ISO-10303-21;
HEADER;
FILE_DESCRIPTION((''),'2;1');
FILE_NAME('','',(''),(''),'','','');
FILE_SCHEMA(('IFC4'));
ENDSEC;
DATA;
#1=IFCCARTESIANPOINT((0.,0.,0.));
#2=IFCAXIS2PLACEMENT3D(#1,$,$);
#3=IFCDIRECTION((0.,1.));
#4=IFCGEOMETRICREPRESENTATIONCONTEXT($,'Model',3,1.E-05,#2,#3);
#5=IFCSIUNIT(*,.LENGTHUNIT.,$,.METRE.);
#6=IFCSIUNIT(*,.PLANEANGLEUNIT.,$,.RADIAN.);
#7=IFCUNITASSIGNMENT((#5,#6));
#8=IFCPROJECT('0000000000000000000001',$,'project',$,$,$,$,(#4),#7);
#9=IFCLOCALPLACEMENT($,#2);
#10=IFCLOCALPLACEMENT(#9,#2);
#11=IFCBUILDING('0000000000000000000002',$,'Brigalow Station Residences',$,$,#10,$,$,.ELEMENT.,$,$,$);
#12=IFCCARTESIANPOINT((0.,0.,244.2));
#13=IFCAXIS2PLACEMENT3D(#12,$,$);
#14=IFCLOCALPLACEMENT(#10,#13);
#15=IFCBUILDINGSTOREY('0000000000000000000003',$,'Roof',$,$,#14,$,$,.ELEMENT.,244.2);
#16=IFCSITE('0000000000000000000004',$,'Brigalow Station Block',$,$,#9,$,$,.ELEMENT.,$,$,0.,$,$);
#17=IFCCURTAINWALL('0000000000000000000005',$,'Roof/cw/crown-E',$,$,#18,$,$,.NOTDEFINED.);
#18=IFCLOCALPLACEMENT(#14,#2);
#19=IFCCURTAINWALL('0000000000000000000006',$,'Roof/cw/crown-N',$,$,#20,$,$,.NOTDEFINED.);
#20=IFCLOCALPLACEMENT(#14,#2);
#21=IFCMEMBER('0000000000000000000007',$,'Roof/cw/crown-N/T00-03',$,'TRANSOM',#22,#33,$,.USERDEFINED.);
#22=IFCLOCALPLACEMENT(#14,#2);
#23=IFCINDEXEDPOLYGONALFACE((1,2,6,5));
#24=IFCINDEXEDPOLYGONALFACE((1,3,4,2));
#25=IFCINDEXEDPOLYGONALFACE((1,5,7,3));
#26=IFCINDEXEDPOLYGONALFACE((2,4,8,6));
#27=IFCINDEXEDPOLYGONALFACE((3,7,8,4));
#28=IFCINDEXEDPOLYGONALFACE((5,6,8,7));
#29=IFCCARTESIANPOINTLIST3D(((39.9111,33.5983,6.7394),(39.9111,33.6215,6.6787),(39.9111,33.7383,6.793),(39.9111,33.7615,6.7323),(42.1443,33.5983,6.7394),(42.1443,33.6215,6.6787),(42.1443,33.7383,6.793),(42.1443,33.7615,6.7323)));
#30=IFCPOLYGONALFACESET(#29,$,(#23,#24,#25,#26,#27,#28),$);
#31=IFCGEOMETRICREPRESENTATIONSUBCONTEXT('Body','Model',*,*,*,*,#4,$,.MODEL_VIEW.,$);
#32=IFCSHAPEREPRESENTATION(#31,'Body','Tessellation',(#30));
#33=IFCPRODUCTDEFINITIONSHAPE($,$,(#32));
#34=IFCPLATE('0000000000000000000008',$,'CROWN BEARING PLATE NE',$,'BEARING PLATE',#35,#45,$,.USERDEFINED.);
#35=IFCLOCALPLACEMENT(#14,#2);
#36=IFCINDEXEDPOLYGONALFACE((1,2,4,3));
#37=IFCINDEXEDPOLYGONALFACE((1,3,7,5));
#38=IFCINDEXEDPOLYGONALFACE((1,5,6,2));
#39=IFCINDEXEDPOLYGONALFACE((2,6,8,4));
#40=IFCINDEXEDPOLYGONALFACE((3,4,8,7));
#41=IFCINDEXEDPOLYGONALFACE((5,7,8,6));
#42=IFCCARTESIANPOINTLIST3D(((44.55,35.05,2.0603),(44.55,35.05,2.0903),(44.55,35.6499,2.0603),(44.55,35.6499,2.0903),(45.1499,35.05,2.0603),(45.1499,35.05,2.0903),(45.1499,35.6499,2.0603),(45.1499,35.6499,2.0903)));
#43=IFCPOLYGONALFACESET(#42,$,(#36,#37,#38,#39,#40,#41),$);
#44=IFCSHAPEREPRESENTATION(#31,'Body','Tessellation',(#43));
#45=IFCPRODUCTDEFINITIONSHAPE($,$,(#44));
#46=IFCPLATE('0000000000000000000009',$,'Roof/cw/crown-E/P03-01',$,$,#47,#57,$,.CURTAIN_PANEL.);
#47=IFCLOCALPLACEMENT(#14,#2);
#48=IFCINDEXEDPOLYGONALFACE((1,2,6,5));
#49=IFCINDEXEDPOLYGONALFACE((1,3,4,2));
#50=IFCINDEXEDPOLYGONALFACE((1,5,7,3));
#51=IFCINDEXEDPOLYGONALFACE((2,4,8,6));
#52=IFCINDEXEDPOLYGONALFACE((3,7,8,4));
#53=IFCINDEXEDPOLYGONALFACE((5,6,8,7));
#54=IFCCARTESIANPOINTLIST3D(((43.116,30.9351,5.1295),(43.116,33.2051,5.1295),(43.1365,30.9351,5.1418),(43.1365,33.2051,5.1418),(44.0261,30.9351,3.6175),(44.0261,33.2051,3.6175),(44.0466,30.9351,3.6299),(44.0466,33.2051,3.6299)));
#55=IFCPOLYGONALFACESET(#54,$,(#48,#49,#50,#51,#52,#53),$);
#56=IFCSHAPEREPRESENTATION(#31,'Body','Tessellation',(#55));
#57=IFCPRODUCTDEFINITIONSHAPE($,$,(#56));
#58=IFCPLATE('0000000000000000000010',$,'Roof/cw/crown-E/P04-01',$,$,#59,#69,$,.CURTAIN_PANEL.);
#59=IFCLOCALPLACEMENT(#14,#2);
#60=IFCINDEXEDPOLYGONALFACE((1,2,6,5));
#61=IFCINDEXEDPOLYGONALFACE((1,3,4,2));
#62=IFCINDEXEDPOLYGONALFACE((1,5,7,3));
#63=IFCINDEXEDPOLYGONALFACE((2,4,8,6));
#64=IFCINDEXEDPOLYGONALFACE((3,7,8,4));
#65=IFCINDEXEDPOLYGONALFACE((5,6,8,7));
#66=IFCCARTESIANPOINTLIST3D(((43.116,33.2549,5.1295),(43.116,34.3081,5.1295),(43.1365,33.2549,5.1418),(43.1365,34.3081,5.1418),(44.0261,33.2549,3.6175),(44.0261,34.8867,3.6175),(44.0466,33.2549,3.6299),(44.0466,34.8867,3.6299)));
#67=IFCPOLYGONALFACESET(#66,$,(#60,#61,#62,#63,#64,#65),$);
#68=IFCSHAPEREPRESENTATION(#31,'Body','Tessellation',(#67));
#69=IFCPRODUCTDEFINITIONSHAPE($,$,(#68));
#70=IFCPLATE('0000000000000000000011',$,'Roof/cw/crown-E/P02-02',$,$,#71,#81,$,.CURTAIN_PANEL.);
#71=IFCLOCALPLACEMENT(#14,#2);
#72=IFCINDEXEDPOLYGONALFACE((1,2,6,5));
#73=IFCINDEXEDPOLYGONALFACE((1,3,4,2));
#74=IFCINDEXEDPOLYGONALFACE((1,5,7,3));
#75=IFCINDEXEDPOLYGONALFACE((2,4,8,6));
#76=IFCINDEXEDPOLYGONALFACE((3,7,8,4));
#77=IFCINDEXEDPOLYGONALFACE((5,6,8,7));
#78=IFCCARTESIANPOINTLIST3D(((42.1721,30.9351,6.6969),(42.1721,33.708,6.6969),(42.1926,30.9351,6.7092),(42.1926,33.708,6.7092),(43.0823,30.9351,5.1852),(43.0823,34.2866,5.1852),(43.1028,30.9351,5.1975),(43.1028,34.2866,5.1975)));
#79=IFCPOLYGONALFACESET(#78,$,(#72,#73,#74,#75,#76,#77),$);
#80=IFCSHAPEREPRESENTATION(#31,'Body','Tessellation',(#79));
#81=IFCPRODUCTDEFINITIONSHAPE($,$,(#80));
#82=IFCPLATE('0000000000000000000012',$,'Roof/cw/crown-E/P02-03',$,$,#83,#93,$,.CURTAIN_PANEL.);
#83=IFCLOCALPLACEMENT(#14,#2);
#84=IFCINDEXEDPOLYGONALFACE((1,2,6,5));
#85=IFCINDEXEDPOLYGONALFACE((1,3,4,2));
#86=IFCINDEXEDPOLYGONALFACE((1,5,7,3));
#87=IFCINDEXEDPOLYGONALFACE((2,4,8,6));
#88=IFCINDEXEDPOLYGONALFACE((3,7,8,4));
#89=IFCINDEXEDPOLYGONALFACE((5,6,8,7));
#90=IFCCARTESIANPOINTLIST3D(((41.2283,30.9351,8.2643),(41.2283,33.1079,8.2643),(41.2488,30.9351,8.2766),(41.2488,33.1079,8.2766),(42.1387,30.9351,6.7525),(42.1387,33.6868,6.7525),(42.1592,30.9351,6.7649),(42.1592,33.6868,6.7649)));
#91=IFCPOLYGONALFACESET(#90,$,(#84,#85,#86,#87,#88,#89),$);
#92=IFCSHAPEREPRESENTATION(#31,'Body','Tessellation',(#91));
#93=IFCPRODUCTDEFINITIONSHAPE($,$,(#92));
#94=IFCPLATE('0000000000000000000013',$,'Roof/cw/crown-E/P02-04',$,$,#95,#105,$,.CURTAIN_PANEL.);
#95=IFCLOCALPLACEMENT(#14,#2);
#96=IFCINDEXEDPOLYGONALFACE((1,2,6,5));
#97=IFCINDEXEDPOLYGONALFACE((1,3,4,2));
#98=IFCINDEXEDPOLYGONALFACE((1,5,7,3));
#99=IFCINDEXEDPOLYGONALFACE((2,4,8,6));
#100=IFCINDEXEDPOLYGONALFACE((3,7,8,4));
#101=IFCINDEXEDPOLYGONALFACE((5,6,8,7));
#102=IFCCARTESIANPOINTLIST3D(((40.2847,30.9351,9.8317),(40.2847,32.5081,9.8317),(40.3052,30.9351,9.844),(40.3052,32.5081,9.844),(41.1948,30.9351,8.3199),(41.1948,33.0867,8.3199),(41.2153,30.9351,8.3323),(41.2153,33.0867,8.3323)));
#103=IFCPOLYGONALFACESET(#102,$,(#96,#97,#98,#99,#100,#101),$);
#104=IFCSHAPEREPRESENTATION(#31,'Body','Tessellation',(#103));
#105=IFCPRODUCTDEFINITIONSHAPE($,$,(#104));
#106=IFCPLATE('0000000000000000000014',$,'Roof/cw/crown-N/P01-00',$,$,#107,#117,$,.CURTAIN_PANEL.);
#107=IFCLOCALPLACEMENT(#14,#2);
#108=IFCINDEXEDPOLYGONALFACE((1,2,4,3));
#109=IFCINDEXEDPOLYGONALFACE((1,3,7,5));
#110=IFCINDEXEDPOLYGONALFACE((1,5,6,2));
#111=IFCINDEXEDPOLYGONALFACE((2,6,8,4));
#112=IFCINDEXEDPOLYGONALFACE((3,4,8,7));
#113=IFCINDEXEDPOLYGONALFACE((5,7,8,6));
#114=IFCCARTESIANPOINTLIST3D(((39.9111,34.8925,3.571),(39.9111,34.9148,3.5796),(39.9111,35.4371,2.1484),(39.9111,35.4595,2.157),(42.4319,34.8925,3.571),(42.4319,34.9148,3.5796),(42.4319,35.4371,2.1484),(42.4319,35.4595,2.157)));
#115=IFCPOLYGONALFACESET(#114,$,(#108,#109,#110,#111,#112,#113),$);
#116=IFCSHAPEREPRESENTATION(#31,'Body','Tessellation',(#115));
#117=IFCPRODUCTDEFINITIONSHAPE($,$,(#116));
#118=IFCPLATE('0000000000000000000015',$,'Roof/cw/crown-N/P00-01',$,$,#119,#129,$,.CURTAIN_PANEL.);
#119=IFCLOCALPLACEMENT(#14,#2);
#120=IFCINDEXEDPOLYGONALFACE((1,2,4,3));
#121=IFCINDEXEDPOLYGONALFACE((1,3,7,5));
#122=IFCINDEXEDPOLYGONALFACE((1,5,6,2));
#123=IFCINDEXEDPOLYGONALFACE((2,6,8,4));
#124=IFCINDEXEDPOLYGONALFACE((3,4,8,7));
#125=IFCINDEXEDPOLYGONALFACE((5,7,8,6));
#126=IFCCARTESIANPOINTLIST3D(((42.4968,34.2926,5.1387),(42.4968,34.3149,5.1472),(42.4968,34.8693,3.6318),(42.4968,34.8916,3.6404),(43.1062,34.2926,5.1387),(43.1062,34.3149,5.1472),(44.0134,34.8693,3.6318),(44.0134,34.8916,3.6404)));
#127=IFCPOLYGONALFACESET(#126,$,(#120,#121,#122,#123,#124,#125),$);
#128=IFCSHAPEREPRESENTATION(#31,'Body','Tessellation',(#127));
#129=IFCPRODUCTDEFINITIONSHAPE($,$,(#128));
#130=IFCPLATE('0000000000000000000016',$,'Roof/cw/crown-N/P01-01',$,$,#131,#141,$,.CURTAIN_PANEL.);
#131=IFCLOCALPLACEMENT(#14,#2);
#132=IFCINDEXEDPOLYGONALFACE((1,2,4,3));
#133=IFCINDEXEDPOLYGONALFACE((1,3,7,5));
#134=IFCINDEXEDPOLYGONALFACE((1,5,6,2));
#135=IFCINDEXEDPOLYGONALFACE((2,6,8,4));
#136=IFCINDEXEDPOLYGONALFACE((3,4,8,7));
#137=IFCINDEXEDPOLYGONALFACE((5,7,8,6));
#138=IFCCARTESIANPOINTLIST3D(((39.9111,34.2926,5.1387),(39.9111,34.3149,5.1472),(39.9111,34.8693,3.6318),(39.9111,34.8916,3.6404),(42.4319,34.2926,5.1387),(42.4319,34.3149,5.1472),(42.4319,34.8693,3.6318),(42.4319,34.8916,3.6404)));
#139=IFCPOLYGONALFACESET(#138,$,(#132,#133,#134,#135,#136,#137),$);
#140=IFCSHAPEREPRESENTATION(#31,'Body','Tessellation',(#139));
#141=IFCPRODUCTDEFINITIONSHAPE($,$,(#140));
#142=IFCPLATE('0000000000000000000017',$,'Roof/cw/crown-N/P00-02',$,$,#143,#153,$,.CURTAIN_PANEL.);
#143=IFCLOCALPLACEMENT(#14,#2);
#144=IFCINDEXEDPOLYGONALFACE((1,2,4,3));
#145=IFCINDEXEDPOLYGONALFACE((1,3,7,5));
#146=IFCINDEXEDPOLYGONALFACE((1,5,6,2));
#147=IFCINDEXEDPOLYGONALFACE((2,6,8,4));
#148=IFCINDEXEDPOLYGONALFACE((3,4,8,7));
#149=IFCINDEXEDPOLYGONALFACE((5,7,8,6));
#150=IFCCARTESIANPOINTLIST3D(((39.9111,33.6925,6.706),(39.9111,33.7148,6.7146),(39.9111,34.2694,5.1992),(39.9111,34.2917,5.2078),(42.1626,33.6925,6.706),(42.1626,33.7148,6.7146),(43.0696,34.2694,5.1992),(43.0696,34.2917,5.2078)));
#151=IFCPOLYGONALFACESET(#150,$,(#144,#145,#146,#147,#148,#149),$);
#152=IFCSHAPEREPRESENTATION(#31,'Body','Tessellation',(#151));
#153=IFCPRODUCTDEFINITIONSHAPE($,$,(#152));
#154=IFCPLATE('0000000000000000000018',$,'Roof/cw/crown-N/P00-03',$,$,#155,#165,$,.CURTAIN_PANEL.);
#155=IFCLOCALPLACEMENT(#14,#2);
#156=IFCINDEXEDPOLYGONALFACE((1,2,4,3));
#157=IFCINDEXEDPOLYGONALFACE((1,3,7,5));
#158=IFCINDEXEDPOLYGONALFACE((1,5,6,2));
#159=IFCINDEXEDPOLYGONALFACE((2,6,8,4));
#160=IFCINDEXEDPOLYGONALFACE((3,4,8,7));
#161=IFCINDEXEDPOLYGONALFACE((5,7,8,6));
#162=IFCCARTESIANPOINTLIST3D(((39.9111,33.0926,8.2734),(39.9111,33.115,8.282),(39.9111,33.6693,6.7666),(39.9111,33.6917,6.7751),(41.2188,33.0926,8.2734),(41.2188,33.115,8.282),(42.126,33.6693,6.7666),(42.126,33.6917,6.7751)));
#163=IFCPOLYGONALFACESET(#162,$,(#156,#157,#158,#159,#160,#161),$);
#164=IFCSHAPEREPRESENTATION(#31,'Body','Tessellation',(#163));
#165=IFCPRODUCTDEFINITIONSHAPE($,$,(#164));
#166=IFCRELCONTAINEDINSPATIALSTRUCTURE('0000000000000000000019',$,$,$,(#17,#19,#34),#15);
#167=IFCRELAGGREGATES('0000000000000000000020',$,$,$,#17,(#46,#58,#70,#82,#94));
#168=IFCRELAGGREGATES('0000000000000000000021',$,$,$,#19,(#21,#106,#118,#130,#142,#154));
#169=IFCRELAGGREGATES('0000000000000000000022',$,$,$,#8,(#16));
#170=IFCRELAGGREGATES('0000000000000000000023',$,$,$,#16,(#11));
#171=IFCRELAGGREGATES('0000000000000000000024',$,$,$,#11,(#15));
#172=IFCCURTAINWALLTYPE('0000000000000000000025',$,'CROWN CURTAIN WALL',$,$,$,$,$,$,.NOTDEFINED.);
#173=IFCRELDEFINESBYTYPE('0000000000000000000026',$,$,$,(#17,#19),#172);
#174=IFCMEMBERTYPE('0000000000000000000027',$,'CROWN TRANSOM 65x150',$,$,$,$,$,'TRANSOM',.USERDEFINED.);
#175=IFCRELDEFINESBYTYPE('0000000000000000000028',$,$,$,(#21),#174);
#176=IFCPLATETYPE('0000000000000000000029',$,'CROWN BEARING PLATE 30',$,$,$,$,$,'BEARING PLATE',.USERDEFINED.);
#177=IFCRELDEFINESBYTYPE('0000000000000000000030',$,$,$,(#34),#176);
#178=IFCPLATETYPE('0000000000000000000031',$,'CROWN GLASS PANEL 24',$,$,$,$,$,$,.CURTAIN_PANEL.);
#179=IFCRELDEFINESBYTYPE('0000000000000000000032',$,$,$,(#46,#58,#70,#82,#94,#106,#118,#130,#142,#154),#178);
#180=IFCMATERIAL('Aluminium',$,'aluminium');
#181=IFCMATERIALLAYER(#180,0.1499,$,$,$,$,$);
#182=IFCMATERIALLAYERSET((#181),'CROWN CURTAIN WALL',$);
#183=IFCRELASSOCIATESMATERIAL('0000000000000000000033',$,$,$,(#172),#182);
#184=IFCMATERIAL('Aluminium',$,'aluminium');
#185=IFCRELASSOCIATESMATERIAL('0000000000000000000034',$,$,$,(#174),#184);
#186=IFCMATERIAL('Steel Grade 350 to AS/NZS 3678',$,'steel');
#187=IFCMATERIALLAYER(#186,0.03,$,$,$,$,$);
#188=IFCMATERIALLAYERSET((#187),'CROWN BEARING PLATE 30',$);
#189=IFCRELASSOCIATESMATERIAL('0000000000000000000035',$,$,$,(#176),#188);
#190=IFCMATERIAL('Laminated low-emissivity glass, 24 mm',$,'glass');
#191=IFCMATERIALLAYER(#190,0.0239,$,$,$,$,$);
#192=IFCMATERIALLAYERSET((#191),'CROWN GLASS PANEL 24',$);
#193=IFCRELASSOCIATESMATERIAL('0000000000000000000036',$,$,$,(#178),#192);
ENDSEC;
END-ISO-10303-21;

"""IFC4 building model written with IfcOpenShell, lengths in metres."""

from ifc_helpers import new_model, si_unit, direction, frame, origin, origin_2d, place, context, subcontext, project, spatial, polyline, rectangle, outline, extrude, material, layer, layer_set, material_profile, profile_set, type_object, element, aggregate, save


model = new_model("IFC4")

# Units and contexts
model_context = context("Model", 3, precision=1e-05, world=origin(), true_north=direction((0.0, 1.0)))
body_context = subcontext(model_context, "Body", "Model", "MODEL_VIEW")
ifc_project = project(units=[si_unit("LENGTHUNIT", "METRE"), si_unit("PLANEANGLEUNIT", "RADIAN")], contexts=[model_context])

# Site, building, storey
site_placement = place(None, origin())
site = spatial("IfcSite", under=ifc_project, at=site_placement, Name="Brigalow Station Block", CompositionType="ELEMENT", RefElevation=0.0)
building_placement = place(site_placement, origin())
building = spatial("IfcBuilding", under=site, at=building_placement, Name="Brigalow Station Residences", CompositionType="ELEMENT")
storey_placement = place(building_placement, frame((0.0, 0.0, 244.2)))
storey = spatial("IfcBuildingStorey", under=building, at=storey_placement, Name="Roof", CompositionType="ELEMENT", Elevation=244.2)

# Curtain walls
ifc_material_1 = material(Name="Aluminium", Category="aluminium")
ifc_layer_1 = layer(ifc_material_1, 0.1499)
ifc_layer_set_1 = layer_set([ifc_layer_1], Name="CROWN CURTAIN WALL")
curtain_wall_type = type_object("IfcCurtainWallType", Name="CROWN CURTAIN WALL", PredefinedType="NOTDEFINED", material=ifc_layer_set_1)
curtain_wall_1_placement = place(storey_placement, origin())
curtain_wall_1 = element("IfcCurtainWall", 1, at=curtain_wall_1_placement, inside=storey, type_object=curtain_wall_type, Name="Roof/cw/crown-E", PredefinedType="NOTDEFINED")
curtain_wall_2_placement = place(storey_placement, origin())
curtain_wall_2 = element("IfcCurtainWall", 2, at=curtain_wall_2_placement, inside=storey, type_object=curtain_wall_type, Name="Roof/cw/crown-N", PredefinedType="NOTDEFINED")

# Member
ifc_material_2 = material(Name="Aluminium", Category="aluminium")
ifc_material_profile_1 = material_profile(ifc_material_2, rectangle(XDim=0.0649, YDim=0.1499, at=origin_2d()), Name="CROWN TRANSOM 65x150")
ifc_profile_set_1 = profile_set([ifc_material_profile_1], Name="Aluminium")
member_type_1 = type_object("IfcMemberType", Name="CROWN TRANSOM 65x150", ElementType="TRANSOM", PredefinedType="USERDEFINED", material=ifc_profile_set_1)
member_1_placement = place(storey_placement, frame((42.1443, 33.6799, 6.7358), z_axis=(-1.0, 0.0, 0.0), x_axis=(0.0, -0.357491, 0.933917)))
member_1 = element("IfcMember", 3, at=member_1_placement, type_object=member_type_1, Name="Roof/cw/crown-N/T00-03", ObjectType="TRANSOM", PredefinedType="USERDEFINED", context=body_context, shape_type="SweptSolid", body=[
    extrude(rectangle(XDim=0.0649, YDim=0.1499, at=origin_2d()), origin(), (0.0, 0.0, 1.0), 2.2332),
])

# Plates
ifc_material_3 = material(Name="Steel Grade 350 to AS/NZS 3678", Category="steel")
ifc_layer_2 = layer(ifc_material_3, 0.03)
ifc_layer_set_2 = layer_set([ifc_layer_2], Name="CROWN BEARING PLATE 30")
plate_type_1 = type_object("IfcPlateType", Name="CROWN BEARING PLATE 30", ElementType="BEARING PLATE", PredefinedType="USERDEFINED", material=ifc_layer_set_2)
plate_1_placement = place(storey_placement, frame((44.55, 35.05, 2.0903), z_axis=(0.0, 0.0, 1.0), x_axis=(1.0, 0.0, 0.0)))
element("IfcPlate", 4, at=plate_1_placement, inside=storey, type_object=plate_type_1, Name="CROWN BEARING PLATE NE", ObjectType="BEARING PLATE", PredefinedType="USERDEFINED", context=body_context, shape_type="SweptSolid", body=[
    extrude(outline(polyline([(0.0, 0.0), (0.5999, 0.0), (0.5999, 0.5999), (0.0, 0.5999), (0.0, 0.0)])), origin(), (0.0, 0.0, -1.0), 0.03),
])
ifc_material_4 = material(Name="Laminated low-emissivity glass, 24 mm", Category="glass")
ifc_layer_3 = layer(ifc_material_4, 0.0239)
ifc_layer_set_3 = layer_set([ifc_layer_3], Name="CROWN GLASS PANEL 24")
plate_type_2 = type_object("IfcPlateType", Name="CROWN GLASS PANEL 24", PredefinedType="CURTAIN_PANEL", material=ifc_layer_set_3)
plate_2_placement = place(storey_placement, frame((44.0466, 30.9351, 3.6299), z_axis=(0.856747, 0.0, 0.515736), x_axis=(0.0, 1.0, 0.0)))
plate_2 = element("IfcPlate", 5, at=plate_2_placement, type_object=plate_type_2, Name="Roof/cw/crown-E/P03-01", PredefinedType="CURTAIN_PANEL", context=body_context, shape_type="SweptSolid", body=[
    extrude(outline(polyline([(0.0, 0.0), (2.27, 0.0), (2.27, 1.7648), (0.0, 1.7648), (0.0, 0.0)])), origin(), (0.0, 0.0, -1.0), 0.0239),
])
plate_3_placement = place(storey_placement, frame((44.0466, 33.2549, 3.6299), z_axis=(0.856747, 0.0, 0.515736), x_axis=(0.0, 1.0, 0.0)))
plate_3 = element("IfcPlate", 6, at=plate_3_placement, type_object=plate_type_2, Name="Roof/cw/crown-E/P04-01", PredefinedType="CURTAIN_PANEL", context=body_context, shape_type="SweptSolid", body=[
    extrude(outline(polyline([(0.0, 0.0), (1.6318, 0.0), (1.0532, 1.7648), (0.0, 1.7648), (0.0, 0.0)])), origin(), (0.0, 0.0, -1.0), 0.0239),
])
plate_4_placement = place(storey_placement, frame((43.1028, 30.9351, 5.1975), z_axis=(0.856711, 0.0, 0.515797), x_axis=(0.0, 1.0, 0.0)))
plate_4 = element("IfcPlate", 7, at=plate_4_placement, type_object=plate_type_2, Name="Roof/cw/crown-E/P02-02", PredefinedType="CURTAIN_PANEL", context=body_context, shape_type="SweptSolid", body=[
    extrude(outline(polyline([(0.0, 0.0), (3.3516, 0.0), (2.7729, 1.7646), (0.0, 1.7646), (0.0, 0.0)])), origin(), (0.0, 0.0, -1.0), 0.0239),
])
plate_5_placement = place(storey_placement, frame((42.1592, 30.9351, 6.7649), z_axis=(0.856649, 0.0, 0.515899), x_axis=(0.0, 1.0, 0.0)))
plate_5 = element("IfcPlate", 8, at=plate_5_placement, type_object=plate_type_2, Name="Roof/cw/crown-E/P02-03", PredefinedType="CURTAIN_PANEL", context=body_context, shape_type="SweptSolid", body=[
    extrude(outline(polyline([(0.0, 0.0), (2.7517, 0.0), (2.1729, 1.7647), (0.0, 1.7647), (0.0, 0.0)])), origin(), (0.0, 0.0, -1.0), 0.0239),
])
plate_6_placement = place(storey_placement, frame((41.2153, 30.9351, 8.3323), z_axis=(0.856711, 0.0, 0.515797), x_axis=(0.0, 1.0, 0.0)))
plate_6 = element("IfcPlate", 9, at=plate_6_placement, type_object=plate_type_2, Name="Roof/cw/crown-E/P02-04", PredefinedType="CURTAIN_PANEL", context=body_context, shape_type="SweptSolid", body=[
    extrude(outline(polyline([(0.0, 0.0), (2.1516, 0.0), (1.573, 1.7646), (0.0, 1.7646), (0.0, 0.0)])), origin(), (0.0, 0.0, -1.0), 0.0239),
])
aggregate(curtain_wall_1, [plate_2, plate_3, plate_4, plate_5, plate_6])
plate_7_placement = place(storey_placement, frame((42.4319, 35.4595, 2.157), z_axis=(0.0, 0.93389, 0.357561), x_axis=(-1.0, 0.0, 0.0)))
plate_7 = element("IfcPlate", 10, at=plate_7_placement, type_object=plate_type_2, Name="Roof/cw/crown-N/P01-00", PredefinedType="CURTAIN_PANEL", context=body_context, shape_type="SweptSolid", body=[
    extrude(outline(polyline([(0.0, 0.0), (2.5208, 0.0), (2.5208, 1.5233), (0.0, 1.5233), (0.0, 0.0)])), origin(), (0.0, 0.0, -1.0), 0.0239),
])
plate_8_placement = place(storey_placement, frame((44.0134, 34.8916, 3.6404), z_axis=(0.0, 0.933945, 0.357417), x_axis=(-1.0, 0.0, 0.0)))
plate_8 = element("IfcPlate", 11, at=plate_8_placement, type_object=plate_type_2, Name="Roof/cw/crown-N/P00-01", PredefinedType="CURTAIN_PANEL", context=body_context, shape_type="SweptSolid", body=[
    extrude(outline(polyline([(0.0, 0.0), (1.5166, 0.0), (1.5166, 1.6134), (0.9072, 1.6134), (0.0, 0.0)])), origin(), (0.0, 0.0, -1.0), 0.0239),
])
plate_9_placement = place(storey_placement, frame((42.4319, 34.8916, 3.6404), z_axis=(0.0, 0.933945, 0.357417), x_axis=(-1.0, 0.0, 0.0)))
plate_9 = element("IfcPlate", 12, at=plate_9_placement, type_object=plate_type_2, Name="Roof/cw/crown-N/P01-01", PredefinedType="CURTAIN_PANEL", context=body_context, shape_type="SweptSolid", body=[
    extrude(outline(polyline([(0.0, 0.0), (2.5208, 0.0), (2.5208, 1.6134), (0.0, 1.6134), (0.0, 0.0)])), origin(), (0.0, 0.0, -1.0), 0.0239),
])
plate_10_placement = place(storey_placement, frame((43.0696, 34.2917, 5.2078), z_axis=(0.0, 0.933894, 0.357549), x_axis=(-1.0, 0.0, 0.0)))
plate_10 = element("IfcPlate", 13, at=plate_10_placement, type_object=plate_type_2, Name="Roof/cw/crown-N/P00-02", PredefinedType="CURTAIN_PANEL", context=body_context, shape_type="SweptSolid", body=[
    extrude(outline(polyline([(0.0, 0.0), (3.1584, 0.0), (3.1584, 1.6135), (0.907, 1.6135), (0.0, 0.0)])), origin(), (0.0, 0.0, -1.0), 0.0239),
])
plate_11_placement = place(storey_placement, frame((42.126, 33.6917, 6.7751), z_axis=(0.0, 0.933945, 0.357417), x_axis=(-1.0, 0.0, 0.0)))
plate_11 = element("IfcPlate", 14, at=plate_11_placement, type_object=plate_type_2, Name="Roof/cw/crown-N/P00-03", PredefinedType="CURTAIN_PANEL", context=body_context, shape_type="SweptSolid", body=[
    extrude(outline(polyline([(0.0, 0.0), (2.2148, 0.0), (2.2148, 1.6134), (0.9072, 1.6134), (0.0, 0.0)])), origin(), (0.0, 0.0, -1.0), 0.0239),
])
aggregate(curtain_wall_2, [member_1, plate_7, plate_8, plate_9, plate_10, plate_11])

save(model, "model.ifc")
